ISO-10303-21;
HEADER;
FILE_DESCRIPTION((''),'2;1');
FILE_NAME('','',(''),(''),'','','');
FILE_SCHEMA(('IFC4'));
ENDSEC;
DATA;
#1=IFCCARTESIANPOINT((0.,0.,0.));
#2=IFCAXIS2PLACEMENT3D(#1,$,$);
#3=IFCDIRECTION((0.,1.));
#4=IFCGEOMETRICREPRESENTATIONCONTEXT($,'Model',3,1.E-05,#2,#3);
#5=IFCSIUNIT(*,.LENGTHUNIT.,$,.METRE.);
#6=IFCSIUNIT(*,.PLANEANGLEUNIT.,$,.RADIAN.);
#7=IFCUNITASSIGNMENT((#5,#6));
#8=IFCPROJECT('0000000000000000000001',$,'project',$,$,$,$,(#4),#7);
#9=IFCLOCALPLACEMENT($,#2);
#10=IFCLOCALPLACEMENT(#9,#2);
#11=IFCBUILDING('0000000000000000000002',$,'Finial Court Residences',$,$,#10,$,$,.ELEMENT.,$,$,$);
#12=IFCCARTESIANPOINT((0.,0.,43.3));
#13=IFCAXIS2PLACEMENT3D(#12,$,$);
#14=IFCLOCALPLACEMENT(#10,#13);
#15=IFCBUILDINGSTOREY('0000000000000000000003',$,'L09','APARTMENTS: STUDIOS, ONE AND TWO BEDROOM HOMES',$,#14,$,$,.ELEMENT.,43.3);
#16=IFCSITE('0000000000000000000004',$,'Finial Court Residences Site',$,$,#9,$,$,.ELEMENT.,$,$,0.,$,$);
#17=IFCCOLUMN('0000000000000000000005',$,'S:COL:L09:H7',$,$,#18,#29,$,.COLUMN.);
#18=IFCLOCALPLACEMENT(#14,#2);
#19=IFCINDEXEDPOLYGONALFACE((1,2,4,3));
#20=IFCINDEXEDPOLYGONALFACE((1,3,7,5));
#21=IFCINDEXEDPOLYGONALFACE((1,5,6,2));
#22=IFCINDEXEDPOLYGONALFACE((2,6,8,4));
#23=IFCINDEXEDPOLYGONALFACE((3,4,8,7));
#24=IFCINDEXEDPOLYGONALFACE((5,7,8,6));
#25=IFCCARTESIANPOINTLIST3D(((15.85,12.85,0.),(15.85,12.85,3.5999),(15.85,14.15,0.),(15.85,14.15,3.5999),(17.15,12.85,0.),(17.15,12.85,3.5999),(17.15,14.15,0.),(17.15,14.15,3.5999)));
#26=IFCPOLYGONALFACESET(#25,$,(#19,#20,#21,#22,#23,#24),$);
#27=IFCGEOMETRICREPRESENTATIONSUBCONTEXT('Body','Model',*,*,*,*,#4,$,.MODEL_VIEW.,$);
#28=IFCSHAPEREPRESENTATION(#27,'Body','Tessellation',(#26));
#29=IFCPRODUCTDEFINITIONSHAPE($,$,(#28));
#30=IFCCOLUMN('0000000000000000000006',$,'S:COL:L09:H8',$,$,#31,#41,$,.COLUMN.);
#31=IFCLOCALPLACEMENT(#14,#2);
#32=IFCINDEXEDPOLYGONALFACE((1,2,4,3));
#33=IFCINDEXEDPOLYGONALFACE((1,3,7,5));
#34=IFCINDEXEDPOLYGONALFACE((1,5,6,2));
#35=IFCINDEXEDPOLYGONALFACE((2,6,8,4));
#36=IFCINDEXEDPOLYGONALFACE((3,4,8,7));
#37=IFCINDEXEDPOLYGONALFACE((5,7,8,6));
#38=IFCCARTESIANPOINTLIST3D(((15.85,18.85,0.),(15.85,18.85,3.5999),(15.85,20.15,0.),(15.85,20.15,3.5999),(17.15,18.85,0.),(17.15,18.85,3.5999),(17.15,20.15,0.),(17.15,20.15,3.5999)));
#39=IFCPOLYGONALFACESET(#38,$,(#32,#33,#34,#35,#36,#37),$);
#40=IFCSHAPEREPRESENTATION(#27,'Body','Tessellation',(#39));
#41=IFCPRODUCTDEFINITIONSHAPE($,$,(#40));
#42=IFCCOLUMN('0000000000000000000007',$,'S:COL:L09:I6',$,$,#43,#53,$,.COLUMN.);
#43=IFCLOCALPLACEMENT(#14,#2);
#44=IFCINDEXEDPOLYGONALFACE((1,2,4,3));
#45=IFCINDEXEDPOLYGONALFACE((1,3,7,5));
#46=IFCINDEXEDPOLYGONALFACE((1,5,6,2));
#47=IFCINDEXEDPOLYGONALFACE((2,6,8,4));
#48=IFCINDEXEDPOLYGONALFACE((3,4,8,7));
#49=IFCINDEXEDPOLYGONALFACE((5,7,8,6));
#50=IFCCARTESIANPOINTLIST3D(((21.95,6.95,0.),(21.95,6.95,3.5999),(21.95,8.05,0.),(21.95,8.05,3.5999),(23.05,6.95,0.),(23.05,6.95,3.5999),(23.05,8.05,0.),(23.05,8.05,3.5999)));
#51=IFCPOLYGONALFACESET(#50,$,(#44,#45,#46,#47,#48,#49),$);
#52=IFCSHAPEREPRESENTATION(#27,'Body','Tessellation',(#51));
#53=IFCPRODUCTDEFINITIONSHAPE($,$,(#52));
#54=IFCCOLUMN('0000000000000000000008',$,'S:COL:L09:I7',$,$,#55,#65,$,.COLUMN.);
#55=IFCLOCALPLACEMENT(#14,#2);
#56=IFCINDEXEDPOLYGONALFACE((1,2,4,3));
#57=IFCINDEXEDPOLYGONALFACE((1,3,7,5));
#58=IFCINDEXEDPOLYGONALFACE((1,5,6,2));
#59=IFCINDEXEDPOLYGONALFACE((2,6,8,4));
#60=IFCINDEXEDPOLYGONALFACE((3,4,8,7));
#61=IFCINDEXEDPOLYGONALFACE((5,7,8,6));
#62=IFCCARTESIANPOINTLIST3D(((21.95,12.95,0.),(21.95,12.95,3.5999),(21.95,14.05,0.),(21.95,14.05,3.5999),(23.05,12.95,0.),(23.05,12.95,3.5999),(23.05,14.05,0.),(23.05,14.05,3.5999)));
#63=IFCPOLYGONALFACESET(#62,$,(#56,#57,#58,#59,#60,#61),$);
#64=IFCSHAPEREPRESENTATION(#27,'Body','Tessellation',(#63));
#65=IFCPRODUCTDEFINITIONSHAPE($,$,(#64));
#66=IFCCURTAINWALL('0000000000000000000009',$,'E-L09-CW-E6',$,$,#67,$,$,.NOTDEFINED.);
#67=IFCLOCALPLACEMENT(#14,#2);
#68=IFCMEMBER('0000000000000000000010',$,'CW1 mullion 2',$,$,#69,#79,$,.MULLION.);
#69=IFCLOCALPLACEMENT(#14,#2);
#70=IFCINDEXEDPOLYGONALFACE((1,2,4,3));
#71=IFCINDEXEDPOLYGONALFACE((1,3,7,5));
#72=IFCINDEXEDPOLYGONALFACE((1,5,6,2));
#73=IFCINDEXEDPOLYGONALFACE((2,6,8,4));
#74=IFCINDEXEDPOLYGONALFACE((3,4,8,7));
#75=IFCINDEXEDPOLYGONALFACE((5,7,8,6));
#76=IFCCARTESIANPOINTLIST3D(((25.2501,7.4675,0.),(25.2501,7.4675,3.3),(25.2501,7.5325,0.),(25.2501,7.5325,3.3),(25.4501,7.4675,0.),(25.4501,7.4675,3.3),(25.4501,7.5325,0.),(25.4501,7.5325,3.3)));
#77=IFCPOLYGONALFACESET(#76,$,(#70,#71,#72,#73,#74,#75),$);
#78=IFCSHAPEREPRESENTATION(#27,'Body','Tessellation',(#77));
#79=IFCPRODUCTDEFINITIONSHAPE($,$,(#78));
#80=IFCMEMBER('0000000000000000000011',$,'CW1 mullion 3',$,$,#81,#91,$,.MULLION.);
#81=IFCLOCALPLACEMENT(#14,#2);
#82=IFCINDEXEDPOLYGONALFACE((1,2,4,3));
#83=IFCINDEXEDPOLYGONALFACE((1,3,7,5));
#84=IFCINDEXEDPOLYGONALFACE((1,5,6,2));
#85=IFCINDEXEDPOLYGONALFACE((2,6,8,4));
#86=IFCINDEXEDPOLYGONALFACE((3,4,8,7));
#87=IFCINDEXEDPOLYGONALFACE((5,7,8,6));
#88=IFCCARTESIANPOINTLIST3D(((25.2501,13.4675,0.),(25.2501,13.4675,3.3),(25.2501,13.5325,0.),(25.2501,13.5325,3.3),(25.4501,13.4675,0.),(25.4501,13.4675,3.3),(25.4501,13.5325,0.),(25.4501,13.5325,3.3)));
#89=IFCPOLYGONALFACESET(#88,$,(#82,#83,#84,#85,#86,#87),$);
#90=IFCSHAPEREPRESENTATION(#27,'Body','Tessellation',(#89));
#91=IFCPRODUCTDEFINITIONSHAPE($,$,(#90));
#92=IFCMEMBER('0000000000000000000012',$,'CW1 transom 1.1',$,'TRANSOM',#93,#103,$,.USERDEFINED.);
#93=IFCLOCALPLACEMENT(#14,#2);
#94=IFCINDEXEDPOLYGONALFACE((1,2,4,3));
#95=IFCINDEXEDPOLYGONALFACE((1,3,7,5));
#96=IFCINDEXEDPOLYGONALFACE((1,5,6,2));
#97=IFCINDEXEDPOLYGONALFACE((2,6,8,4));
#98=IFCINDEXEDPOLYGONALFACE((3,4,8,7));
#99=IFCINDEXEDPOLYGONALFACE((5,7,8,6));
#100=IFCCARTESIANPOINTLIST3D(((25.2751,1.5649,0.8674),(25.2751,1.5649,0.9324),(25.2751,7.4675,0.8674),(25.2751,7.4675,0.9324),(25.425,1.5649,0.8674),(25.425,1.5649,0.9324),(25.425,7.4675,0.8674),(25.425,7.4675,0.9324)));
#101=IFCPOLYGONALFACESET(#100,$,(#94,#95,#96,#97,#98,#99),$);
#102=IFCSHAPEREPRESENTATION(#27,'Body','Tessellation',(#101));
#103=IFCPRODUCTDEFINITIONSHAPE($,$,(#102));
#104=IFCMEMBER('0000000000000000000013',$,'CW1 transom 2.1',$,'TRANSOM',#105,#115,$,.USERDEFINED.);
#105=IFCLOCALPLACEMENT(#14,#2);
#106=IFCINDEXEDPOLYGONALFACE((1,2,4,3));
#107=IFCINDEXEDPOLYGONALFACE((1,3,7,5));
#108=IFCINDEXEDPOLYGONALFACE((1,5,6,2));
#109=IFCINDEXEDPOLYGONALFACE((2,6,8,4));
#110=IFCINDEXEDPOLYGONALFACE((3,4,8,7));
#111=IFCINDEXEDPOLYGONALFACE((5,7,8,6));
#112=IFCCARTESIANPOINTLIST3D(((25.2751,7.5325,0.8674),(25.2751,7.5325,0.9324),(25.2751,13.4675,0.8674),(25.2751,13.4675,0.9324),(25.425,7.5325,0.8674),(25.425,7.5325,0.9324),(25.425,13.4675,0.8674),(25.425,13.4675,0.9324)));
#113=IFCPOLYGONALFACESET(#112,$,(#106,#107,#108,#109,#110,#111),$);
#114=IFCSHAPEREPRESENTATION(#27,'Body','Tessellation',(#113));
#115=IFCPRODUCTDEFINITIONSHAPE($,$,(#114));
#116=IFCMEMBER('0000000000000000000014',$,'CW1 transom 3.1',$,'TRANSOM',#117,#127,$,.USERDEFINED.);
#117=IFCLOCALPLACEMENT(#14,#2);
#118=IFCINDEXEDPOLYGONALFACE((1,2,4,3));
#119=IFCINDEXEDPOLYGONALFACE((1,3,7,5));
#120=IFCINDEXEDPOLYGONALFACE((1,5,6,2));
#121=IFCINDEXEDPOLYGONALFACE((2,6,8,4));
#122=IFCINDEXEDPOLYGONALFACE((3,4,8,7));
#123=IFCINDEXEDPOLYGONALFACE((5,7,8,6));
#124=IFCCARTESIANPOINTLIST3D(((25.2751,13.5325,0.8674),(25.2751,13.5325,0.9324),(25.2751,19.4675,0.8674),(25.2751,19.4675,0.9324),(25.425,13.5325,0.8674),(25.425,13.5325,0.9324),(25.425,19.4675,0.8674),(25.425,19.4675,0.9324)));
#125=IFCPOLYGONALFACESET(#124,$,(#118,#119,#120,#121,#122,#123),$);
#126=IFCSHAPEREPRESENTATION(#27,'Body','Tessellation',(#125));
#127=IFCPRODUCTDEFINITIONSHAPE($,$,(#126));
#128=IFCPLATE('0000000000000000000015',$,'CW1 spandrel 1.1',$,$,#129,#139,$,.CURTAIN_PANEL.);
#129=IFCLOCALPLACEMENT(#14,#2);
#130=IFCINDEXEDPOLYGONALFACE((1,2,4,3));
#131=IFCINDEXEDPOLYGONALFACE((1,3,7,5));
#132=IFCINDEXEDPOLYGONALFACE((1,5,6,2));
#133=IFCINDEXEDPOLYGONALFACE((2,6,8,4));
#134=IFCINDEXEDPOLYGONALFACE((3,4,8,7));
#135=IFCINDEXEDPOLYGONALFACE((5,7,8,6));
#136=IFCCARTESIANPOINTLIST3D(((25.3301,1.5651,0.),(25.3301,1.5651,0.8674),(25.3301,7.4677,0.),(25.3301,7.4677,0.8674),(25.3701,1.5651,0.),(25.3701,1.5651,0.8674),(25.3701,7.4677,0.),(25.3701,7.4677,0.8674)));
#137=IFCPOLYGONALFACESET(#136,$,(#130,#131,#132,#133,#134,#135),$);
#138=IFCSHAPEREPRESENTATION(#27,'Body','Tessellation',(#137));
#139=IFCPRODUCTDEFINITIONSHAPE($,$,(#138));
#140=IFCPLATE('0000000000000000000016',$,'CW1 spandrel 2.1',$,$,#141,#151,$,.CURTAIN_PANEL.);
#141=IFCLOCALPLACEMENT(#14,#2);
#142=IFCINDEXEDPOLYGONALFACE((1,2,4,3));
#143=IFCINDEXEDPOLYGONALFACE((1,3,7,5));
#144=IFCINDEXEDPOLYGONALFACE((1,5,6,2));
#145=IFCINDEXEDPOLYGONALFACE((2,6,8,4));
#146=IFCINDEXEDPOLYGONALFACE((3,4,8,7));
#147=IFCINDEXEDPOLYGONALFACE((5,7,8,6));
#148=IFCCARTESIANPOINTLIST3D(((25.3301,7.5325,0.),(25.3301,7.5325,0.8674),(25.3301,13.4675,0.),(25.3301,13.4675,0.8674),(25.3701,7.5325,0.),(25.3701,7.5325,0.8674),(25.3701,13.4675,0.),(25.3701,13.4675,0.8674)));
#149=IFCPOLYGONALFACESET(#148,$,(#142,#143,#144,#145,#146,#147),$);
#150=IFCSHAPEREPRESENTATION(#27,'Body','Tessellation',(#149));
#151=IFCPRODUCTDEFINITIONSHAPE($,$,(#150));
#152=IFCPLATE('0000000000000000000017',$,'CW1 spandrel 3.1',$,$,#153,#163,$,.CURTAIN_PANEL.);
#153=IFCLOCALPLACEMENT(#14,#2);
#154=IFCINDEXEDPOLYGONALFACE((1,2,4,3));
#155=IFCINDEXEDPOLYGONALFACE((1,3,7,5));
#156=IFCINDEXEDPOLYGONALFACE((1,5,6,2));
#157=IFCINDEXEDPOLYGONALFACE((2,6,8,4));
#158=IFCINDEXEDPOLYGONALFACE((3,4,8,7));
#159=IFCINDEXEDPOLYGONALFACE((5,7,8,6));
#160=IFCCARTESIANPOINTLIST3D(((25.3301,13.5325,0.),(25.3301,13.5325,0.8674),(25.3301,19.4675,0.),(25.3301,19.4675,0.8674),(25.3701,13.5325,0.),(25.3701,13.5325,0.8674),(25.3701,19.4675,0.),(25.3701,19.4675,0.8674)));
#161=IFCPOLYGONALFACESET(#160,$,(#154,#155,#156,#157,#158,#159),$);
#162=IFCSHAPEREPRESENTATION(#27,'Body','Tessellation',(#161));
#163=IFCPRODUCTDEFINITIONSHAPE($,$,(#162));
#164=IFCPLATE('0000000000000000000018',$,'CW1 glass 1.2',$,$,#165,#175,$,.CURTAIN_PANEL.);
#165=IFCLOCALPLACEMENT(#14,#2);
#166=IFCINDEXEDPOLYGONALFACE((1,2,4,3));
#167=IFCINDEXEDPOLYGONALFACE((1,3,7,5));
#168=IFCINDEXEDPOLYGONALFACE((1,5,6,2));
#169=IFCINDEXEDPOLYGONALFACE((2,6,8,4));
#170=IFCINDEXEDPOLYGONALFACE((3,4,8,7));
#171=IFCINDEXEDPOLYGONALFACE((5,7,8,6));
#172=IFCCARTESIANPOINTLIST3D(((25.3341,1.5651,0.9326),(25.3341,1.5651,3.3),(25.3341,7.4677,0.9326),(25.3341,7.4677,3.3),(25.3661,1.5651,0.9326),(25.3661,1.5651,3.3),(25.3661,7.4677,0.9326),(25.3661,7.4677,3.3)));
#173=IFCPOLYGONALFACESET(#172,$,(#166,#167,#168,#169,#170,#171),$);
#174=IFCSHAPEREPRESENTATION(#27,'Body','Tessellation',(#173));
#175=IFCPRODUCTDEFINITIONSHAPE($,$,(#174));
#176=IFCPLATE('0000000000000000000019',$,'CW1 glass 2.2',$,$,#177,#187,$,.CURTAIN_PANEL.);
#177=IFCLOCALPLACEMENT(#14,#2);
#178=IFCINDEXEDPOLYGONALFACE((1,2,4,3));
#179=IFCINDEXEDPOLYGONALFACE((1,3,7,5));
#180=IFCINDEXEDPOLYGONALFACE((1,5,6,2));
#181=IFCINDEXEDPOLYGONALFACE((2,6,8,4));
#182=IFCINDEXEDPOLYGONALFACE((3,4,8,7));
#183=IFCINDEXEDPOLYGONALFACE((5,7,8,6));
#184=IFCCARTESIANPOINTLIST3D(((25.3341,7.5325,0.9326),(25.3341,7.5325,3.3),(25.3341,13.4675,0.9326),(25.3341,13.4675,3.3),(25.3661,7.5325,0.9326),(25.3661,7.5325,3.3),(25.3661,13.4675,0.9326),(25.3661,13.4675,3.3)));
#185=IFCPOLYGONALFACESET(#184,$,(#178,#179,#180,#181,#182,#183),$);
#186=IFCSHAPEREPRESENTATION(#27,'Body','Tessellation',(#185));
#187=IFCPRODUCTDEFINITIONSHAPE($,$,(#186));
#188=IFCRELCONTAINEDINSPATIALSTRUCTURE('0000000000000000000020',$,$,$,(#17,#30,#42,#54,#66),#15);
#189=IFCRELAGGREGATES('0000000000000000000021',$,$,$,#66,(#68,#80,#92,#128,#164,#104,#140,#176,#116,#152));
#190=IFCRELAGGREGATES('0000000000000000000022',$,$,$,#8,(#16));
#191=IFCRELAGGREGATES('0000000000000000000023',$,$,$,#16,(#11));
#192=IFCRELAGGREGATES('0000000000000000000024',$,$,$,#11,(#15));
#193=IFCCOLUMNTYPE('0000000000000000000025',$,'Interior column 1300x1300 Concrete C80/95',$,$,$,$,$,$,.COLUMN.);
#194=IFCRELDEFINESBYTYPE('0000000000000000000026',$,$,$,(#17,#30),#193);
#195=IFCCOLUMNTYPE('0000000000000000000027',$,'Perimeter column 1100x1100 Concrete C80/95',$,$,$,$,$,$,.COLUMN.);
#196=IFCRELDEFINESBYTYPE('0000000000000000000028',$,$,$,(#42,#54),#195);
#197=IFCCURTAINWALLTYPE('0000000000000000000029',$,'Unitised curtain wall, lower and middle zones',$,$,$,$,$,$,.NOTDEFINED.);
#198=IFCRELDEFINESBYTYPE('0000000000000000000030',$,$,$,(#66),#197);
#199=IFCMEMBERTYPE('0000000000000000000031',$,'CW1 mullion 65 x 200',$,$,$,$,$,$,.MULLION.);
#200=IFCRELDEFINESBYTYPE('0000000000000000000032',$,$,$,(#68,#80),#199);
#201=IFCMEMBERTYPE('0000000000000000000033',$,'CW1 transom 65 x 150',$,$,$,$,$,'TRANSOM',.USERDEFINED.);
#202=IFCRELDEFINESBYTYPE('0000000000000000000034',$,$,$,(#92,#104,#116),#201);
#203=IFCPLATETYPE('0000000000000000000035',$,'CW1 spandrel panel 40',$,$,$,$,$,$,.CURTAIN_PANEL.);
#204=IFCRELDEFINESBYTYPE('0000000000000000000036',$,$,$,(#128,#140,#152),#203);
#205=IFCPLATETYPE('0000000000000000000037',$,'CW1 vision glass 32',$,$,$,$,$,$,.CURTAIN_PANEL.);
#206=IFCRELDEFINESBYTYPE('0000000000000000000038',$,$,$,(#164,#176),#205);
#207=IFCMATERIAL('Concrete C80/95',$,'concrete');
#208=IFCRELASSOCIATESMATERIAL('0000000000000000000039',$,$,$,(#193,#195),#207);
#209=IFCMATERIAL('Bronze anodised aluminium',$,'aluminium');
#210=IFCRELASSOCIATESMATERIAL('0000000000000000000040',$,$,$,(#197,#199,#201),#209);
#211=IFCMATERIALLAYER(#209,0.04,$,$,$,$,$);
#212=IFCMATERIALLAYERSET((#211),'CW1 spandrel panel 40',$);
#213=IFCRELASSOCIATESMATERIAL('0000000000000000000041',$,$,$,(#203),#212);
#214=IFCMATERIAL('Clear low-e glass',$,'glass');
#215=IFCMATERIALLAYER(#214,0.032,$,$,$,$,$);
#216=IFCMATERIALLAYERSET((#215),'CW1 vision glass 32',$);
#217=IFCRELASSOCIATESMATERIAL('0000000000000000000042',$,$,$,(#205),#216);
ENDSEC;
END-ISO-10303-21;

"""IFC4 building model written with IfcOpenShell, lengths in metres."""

from ifc_helpers import new_model, si_unit, direction, frame, origin, origin_2d, place, context, subcontext, project, spatial, rectangle, extrude, material, layer, layer_set, material_profile, profile_set, type_object, element, aggregate, save


model = new_model("IFC4")

# Units and contexts
model_context = context("Model", 3, precision=1e-05, world=origin(), true_north=direction((0.0, 1.0)))
body_context = subcontext(model_context, "Body", "Model", "MODEL_VIEW")
ifc_project = project(units=[si_unit("LENGTHUNIT", "METRE"), si_unit("PLANEANGLEUNIT", "RADIAN")], contexts=[model_context])

# Site, building, storey
site_placement = place(None, origin())
site = spatial("IfcSite", under=ifc_project, at=site_placement, Name="Finial Court Residences Site", CompositionType="ELEMENT", RefElevation=0.0)
building_placement = place(site_placement, origin())
building = spatial("IfcBuilding", under=site, at=building_placement, Name="Finial Court Residences", CompositionType="ELEMENT")
storey_placement = place(building_placement, frame((0.0, 0.0, 43.3)))
storey = spatial("IfcBuildingStorey", under=building, at=storey_placement, Name="L09", Description="APARTMENTS: STUDIOS, ONE AND TWO BEDROOM HOMES", CompositionType="ELEMENT", Elevation=43.3)

# Columns
ifc_material_1 = material(Name="Concrete C80/95", Category="concrete")
ifc_material_profile_1 = material_profile(ifc_material_1, rectangle(XDim=1.3, YDim=1.3, at=origin_2d()), Name="1300x1300")
ifc_profile_set_1 = profile_set([ifc_material_profile_1], Name="Concrete C80/95")
column_type_1 = type_object("IfcColumnType", Name="Interior column 1300x1300 Concrete C80/95", PredefinedType="COLUMN", material=ifc_profile_set_1)
for number, where, z_axis, x_axis, name in (
    (1, (16.5, 13.5, 0.0), (0.0, 0.0, 1.0), (1.0, 0.0, 0.0), "S:COL:L09:H7"),
    (2, (16.5, 19.5, 0.0), (0.0, 0.0, 1.0), (1.0, 0.0, 0.0), "S:COL:L09:H8"),
):
    element("IfcColumn", number, at=place(storey_placement, frame(where, z_axis=z_axis, x_axis=x_axis)), inside=storey, type_object=column_type_1, Name=name, PredefinedType="COLUMN", context=body_context, shape_type="SweptSolid", body=[
        extrude(rectangle(XDim=1.3, YDim=1.3, at=origin_2d()), origin(), (0.0, 0.0, 1.0), 3.5999),
    ])
ifc_material_profile_2 = material_profile(ifc_material_1, rectangle(XDim=1.1001, YDim=1.1001, at=origin_2d()), Name="1100x1100")
ifc_profile_set_2 = profile_set([ifc_material_profile_2], Name="Concrete C80/95")
column_type_2 = type_object("IfcColumnType", Name="Perimeter column 1100x1100 Concrete C80/95", PredefinedType="COLUMN", material=ifc_profile_set_2)
for number, where, z_axis, x_axis, name in (
    (3, (22.5, 7.5, 0.0), (0.0, 0.0, 1.0), (1.0, 0.0, 0.0), "S:COL:L09:I6"),
    (4, (22.5, 13.5, 0.0), (0.0, 0.0, 1.0), (1.0, 0.0, 0.0), "S:COL:L09:I7"),
):
    element("IfcColumn", number, at=place(storey_placement, frame(where, z_axis=z_axis, x_axis=x_axis)), inside=storey, type_object=column_type_2, Name=name, PredefinedType="COLUMN", context=body_context, shape_type="SweptSolid", body=[
        extrude(rectangle(XDim=1.1001, YDim=1.1001, at=origin_2d()), origin(), (0.0, 0.0, 1.0), 3.5999),
    ])

# Curtain wall, members, plates
ifc_material_2 = material(Name="Bronze anodised aluminium", Category="aluminium")
curtain_wall_type = type_object("IfcCurtainWallType", Name="Unitised curtain wall, lower and middle zones", PredefinedType="NOTDEFINED", material=ifc_material_2)
curtain_wall_placement = place(storey_placement, origin())
curtain_wall = element("IfcCurtainWall", 5, at=curtain_wall_placement, inside=storey, type_object=curtain_wall_type, Name="E-L09-CW-E6", PredefinedType="NOTDEFINED")
ifc_material_profile_3 = material_profile(ifc_material_2, rectangle(XDim=0.2, YDim=0.0649, at=origin_2d()), Name="CW1 mullion 65 x 200")
ifc_profile_set_3 = profile_set([ifc_material_profile_3], Name="Bronze anodised aluminium")
member_type_1 = type_object("IfcMemberType", Name="CW1 mullion 65 x 200", PredefinedType="MULLION", material=ifc_profile_set_3)
member_1_placement = place(storey_placement, frame((25.3501, 7.5, 0.0), z_axis=(0.0, 0.0, 1.0), x_axis=(-1.0, 0.0, 0.0)))
member_1 = element("IfcMember", 6, at=member_1_placement, type_object=member_type_1, Name="CW1 mullion 2", PredefinedType="MULLION", context=body_context, shape_type="SweptSolid", body=[
    extrude(rectangle(XDim=0.2, YDim=0.0649, at=origin_2d()), origin(), (0.0, 0.0, 1.0), 3.3),
])
member_2_placement = place(storey_placement, frame((25.3501, 13.5, 0.0), z_axis=(0.0, 0.0, 1.0), x_axis=(-1.0, 0.0, 0.0)))
member_2 = element("IfcMember", 7, at=member_2_placement, type_object=member_type_1, Name="CW1 mullion 3", PredefinedType="MULLION", context=body_context, shape_type="SweptSolid", body=[
    extrude(rectangle(XDim=0.2, YDim=0.0649, at=origin_2d()), origin(), (0.0, 0.0, 1.0), 3.3),
])
ifc_material_profile_4 = material_profile(ifc_material_2, rectangle(XDim=0.1499, YDim=0.0649, at=origin_2d()), Name="CW1 transom 65 x 150")
ifc_profile_set_4 = profile_set([ifc_material_profile_4], Name="Bronze anodised aluminium")
member_type_2 = type_object("IfcMemberType", Name="CW1 transom 65 x 150", ElementType="TRANSOM", PredefinedType="USERDEFINED", material=ifc_profile_set_4)
member_3_placement = place(storey_placement, frame((25.3501, 1.5649, 0.8999), z_axis=(0.0, 1.0, 0.0), x_axis=(-1.0, 0.0, 0.0)))
member_3 = element("IfcMember", 8, at=member_3_placement, type_object=member_type_2, Name="CW1 transom 1.1", ObjectType="TRANSOM", PredefinedType="USERDEFINED", context=body_context, shape_type="SweptSolid", body=[
    extrude(rectangle(XDim=0.1499, YDim=0.0649, at=origin_2d()), origin(), (0.0, 0.0, 1.0), 5.9026),
])
member_4_placement = place(storey_placement, frame((25.3501, 7.5325, 0.8999), z_axis=(0.0, 1.0, 0.0), x_axis=(-1.0, 0.0, 0.0)))
member_4 = element("IfcMember", 9, at=member_4_placement, type_object=member_type_2, Name="CW1 transom 2.1", ObjectType="TRANSOM", PredefinedType="USERDEFINED", context=body_context, shape_type="SweptSolid", body=[
    extrude(rectangle(XDim=0.1499, YDim=0.0649, at=origin_2d()), origin(), (0.0, 0.0, 1.0), 5.9351),
])
member_5_placement = place(storey_placement, frame((25.3501, 13.5325, 0.8999), z_axis=(0.0, 1.0, 0.0), x_axis=(-1.0, 0.0, 0.0)))
member_5 = element("IfcMember", 10, at=member_5_placement, type_object=member_type_2, Name="CW1 transom 3.1", ObjectType="TRANSOM", PredefinedType="USERDEFINED", context=body_context, shape_type="SweptSolid", body=[
    extrude(rectangle(XDim=0.1499, YDim=0.0649, at=origin_2d()), origin(), (0.0, 0.0, 1.0), 5.9351),
])
ifc_layer_1 = layer(ifc_material_2, 0.04)
ifc_layer_set_1 = layer_set([ifc_layer_1], Name="CW1 spandrel panel 40")
plate_type_1 = type_object("IfcPlateType", Name="CW1 spandrel panel 40", PredefinedType="CURTAIN_PANEL", material=ifc_layer_set_1)
plate_1_placement = place(storey_placement, frame((25.3501, 4.5164, 0.0), z_axis=(0.0, 0.0, 1.0), x_axis=(0.0, 1.0, 0.0)))
plate_1 = element("IfcPlate", 11, at=plate_1_placement, type_object=plate_type_1, Name="CW1 spandrel 1.1", PredefinedType="CURTAIN_PANEL", context=body_context, shape_type="SweptSolid", body=[
    extrude(rectangle(XDim=5.9026, YDim=0.04, at=origin_2d()), origin(), (0.0, 0.0, 1.0), 0.8674),
])
plate_2_placement = place(storey_placement, frame((25.3501, 10.5, 0.0), z_axis=(0.0, 0.0, 1.0), x_axis=(0.0, 1.0, 0.0)))
plate_2 = element("IfcPlate", 12, at=plate_2_placement, type_object=plate_type_1, Name="CW1 spandrel 2.1", PredefinedType="CURTAIN_PANEL", context=body_context, shape_type="SweptSolid", body=[
    extrude(rectangle(XDim=5.9351, YDim=0.04, at=origin_2d()), origin(), (0.0, 0.0, 1.0), 0.8674),
])
plate_3_placement = place(storey_placement, frame((25.3501, 16.5, 0.0), z_axis=(0.0, 0.0, 1.0), x_axis=(0.0, 1.0, 0.0)))
plate_3 = element("IfcPlate", 13, at=plate_3_placement, type_object=plate_type_1, Name="CW1 spandrel 3.1", PredefinedType="CURTAIN_PANEL", context=body_context, shape_type="SweptSolid", body=[
    extrude(rectangle(XDim=5.9351, YDim=0.04, at=origin_2d()), origin(), (0.0, 0.0, 1.0), 0.8674),
])
ifc_material_3 = material(Name="Clear low-e glass", Category="glass")
ifc_layer_2 = layer(ifc_material_3, 0.032)
ifc_layer_set_2 = layer_set([ifc_layer_2], Name="CW1 vision glass 32")
plate_type_2 = type_object("IfcPlateType", Name="CW1 vision glass 32", PredefinedType="CURTAIN_PANEL", material=ifc_layer_set_2)
plate_4_placement = place(storey_placement, frame((25.3501, 4.5164, 0.9326), z_axis=(0.0, 0.0, 1.0), x_axis=(0.0, 1.0, 0.0)))
plate_4 = element("IfcPlate", 14, at=plate_4_placement, type_object=plate_type_2, Name="CW1 glass 1.2", PredefinedType="CURTAIN_PANEL", context=body_context, shape_type="SweptSolid", body=[
    extrude(rectangle(XDim=5.9026, YDim=0.032, at=origin_2d()), origin(), (0.0, 0.0, 1.0), 2.3674),
])
plate_5_placement = place(storey_placement, frame((25.3501, 10.5, 0.9326), z_axis=(0.0, 0.0, 1.0), x_axis=(0.0, 1.0, 0.0)))
plate_5 = element("IfcPlate", 15, at=plate_5_placement, type_object=plate_type_2, Name="CW1 glass 2.2", PredefinedType="CURTAIN_PANEL", context=body_context, shape_type="SweptSolid", body=[
    extrude(rectangle(XDim=5.9351, YDim=0.032, at=origin_2d()), origin(), (0.0, 0.0, 1.0), 2.3674),
])
aggregate(curtain_wall, [member_1, member_2, member_3, plate_1, plate_4, member_4, plate_2, plate_5, member_5, plate_3])

save(model, "model.ifc")
